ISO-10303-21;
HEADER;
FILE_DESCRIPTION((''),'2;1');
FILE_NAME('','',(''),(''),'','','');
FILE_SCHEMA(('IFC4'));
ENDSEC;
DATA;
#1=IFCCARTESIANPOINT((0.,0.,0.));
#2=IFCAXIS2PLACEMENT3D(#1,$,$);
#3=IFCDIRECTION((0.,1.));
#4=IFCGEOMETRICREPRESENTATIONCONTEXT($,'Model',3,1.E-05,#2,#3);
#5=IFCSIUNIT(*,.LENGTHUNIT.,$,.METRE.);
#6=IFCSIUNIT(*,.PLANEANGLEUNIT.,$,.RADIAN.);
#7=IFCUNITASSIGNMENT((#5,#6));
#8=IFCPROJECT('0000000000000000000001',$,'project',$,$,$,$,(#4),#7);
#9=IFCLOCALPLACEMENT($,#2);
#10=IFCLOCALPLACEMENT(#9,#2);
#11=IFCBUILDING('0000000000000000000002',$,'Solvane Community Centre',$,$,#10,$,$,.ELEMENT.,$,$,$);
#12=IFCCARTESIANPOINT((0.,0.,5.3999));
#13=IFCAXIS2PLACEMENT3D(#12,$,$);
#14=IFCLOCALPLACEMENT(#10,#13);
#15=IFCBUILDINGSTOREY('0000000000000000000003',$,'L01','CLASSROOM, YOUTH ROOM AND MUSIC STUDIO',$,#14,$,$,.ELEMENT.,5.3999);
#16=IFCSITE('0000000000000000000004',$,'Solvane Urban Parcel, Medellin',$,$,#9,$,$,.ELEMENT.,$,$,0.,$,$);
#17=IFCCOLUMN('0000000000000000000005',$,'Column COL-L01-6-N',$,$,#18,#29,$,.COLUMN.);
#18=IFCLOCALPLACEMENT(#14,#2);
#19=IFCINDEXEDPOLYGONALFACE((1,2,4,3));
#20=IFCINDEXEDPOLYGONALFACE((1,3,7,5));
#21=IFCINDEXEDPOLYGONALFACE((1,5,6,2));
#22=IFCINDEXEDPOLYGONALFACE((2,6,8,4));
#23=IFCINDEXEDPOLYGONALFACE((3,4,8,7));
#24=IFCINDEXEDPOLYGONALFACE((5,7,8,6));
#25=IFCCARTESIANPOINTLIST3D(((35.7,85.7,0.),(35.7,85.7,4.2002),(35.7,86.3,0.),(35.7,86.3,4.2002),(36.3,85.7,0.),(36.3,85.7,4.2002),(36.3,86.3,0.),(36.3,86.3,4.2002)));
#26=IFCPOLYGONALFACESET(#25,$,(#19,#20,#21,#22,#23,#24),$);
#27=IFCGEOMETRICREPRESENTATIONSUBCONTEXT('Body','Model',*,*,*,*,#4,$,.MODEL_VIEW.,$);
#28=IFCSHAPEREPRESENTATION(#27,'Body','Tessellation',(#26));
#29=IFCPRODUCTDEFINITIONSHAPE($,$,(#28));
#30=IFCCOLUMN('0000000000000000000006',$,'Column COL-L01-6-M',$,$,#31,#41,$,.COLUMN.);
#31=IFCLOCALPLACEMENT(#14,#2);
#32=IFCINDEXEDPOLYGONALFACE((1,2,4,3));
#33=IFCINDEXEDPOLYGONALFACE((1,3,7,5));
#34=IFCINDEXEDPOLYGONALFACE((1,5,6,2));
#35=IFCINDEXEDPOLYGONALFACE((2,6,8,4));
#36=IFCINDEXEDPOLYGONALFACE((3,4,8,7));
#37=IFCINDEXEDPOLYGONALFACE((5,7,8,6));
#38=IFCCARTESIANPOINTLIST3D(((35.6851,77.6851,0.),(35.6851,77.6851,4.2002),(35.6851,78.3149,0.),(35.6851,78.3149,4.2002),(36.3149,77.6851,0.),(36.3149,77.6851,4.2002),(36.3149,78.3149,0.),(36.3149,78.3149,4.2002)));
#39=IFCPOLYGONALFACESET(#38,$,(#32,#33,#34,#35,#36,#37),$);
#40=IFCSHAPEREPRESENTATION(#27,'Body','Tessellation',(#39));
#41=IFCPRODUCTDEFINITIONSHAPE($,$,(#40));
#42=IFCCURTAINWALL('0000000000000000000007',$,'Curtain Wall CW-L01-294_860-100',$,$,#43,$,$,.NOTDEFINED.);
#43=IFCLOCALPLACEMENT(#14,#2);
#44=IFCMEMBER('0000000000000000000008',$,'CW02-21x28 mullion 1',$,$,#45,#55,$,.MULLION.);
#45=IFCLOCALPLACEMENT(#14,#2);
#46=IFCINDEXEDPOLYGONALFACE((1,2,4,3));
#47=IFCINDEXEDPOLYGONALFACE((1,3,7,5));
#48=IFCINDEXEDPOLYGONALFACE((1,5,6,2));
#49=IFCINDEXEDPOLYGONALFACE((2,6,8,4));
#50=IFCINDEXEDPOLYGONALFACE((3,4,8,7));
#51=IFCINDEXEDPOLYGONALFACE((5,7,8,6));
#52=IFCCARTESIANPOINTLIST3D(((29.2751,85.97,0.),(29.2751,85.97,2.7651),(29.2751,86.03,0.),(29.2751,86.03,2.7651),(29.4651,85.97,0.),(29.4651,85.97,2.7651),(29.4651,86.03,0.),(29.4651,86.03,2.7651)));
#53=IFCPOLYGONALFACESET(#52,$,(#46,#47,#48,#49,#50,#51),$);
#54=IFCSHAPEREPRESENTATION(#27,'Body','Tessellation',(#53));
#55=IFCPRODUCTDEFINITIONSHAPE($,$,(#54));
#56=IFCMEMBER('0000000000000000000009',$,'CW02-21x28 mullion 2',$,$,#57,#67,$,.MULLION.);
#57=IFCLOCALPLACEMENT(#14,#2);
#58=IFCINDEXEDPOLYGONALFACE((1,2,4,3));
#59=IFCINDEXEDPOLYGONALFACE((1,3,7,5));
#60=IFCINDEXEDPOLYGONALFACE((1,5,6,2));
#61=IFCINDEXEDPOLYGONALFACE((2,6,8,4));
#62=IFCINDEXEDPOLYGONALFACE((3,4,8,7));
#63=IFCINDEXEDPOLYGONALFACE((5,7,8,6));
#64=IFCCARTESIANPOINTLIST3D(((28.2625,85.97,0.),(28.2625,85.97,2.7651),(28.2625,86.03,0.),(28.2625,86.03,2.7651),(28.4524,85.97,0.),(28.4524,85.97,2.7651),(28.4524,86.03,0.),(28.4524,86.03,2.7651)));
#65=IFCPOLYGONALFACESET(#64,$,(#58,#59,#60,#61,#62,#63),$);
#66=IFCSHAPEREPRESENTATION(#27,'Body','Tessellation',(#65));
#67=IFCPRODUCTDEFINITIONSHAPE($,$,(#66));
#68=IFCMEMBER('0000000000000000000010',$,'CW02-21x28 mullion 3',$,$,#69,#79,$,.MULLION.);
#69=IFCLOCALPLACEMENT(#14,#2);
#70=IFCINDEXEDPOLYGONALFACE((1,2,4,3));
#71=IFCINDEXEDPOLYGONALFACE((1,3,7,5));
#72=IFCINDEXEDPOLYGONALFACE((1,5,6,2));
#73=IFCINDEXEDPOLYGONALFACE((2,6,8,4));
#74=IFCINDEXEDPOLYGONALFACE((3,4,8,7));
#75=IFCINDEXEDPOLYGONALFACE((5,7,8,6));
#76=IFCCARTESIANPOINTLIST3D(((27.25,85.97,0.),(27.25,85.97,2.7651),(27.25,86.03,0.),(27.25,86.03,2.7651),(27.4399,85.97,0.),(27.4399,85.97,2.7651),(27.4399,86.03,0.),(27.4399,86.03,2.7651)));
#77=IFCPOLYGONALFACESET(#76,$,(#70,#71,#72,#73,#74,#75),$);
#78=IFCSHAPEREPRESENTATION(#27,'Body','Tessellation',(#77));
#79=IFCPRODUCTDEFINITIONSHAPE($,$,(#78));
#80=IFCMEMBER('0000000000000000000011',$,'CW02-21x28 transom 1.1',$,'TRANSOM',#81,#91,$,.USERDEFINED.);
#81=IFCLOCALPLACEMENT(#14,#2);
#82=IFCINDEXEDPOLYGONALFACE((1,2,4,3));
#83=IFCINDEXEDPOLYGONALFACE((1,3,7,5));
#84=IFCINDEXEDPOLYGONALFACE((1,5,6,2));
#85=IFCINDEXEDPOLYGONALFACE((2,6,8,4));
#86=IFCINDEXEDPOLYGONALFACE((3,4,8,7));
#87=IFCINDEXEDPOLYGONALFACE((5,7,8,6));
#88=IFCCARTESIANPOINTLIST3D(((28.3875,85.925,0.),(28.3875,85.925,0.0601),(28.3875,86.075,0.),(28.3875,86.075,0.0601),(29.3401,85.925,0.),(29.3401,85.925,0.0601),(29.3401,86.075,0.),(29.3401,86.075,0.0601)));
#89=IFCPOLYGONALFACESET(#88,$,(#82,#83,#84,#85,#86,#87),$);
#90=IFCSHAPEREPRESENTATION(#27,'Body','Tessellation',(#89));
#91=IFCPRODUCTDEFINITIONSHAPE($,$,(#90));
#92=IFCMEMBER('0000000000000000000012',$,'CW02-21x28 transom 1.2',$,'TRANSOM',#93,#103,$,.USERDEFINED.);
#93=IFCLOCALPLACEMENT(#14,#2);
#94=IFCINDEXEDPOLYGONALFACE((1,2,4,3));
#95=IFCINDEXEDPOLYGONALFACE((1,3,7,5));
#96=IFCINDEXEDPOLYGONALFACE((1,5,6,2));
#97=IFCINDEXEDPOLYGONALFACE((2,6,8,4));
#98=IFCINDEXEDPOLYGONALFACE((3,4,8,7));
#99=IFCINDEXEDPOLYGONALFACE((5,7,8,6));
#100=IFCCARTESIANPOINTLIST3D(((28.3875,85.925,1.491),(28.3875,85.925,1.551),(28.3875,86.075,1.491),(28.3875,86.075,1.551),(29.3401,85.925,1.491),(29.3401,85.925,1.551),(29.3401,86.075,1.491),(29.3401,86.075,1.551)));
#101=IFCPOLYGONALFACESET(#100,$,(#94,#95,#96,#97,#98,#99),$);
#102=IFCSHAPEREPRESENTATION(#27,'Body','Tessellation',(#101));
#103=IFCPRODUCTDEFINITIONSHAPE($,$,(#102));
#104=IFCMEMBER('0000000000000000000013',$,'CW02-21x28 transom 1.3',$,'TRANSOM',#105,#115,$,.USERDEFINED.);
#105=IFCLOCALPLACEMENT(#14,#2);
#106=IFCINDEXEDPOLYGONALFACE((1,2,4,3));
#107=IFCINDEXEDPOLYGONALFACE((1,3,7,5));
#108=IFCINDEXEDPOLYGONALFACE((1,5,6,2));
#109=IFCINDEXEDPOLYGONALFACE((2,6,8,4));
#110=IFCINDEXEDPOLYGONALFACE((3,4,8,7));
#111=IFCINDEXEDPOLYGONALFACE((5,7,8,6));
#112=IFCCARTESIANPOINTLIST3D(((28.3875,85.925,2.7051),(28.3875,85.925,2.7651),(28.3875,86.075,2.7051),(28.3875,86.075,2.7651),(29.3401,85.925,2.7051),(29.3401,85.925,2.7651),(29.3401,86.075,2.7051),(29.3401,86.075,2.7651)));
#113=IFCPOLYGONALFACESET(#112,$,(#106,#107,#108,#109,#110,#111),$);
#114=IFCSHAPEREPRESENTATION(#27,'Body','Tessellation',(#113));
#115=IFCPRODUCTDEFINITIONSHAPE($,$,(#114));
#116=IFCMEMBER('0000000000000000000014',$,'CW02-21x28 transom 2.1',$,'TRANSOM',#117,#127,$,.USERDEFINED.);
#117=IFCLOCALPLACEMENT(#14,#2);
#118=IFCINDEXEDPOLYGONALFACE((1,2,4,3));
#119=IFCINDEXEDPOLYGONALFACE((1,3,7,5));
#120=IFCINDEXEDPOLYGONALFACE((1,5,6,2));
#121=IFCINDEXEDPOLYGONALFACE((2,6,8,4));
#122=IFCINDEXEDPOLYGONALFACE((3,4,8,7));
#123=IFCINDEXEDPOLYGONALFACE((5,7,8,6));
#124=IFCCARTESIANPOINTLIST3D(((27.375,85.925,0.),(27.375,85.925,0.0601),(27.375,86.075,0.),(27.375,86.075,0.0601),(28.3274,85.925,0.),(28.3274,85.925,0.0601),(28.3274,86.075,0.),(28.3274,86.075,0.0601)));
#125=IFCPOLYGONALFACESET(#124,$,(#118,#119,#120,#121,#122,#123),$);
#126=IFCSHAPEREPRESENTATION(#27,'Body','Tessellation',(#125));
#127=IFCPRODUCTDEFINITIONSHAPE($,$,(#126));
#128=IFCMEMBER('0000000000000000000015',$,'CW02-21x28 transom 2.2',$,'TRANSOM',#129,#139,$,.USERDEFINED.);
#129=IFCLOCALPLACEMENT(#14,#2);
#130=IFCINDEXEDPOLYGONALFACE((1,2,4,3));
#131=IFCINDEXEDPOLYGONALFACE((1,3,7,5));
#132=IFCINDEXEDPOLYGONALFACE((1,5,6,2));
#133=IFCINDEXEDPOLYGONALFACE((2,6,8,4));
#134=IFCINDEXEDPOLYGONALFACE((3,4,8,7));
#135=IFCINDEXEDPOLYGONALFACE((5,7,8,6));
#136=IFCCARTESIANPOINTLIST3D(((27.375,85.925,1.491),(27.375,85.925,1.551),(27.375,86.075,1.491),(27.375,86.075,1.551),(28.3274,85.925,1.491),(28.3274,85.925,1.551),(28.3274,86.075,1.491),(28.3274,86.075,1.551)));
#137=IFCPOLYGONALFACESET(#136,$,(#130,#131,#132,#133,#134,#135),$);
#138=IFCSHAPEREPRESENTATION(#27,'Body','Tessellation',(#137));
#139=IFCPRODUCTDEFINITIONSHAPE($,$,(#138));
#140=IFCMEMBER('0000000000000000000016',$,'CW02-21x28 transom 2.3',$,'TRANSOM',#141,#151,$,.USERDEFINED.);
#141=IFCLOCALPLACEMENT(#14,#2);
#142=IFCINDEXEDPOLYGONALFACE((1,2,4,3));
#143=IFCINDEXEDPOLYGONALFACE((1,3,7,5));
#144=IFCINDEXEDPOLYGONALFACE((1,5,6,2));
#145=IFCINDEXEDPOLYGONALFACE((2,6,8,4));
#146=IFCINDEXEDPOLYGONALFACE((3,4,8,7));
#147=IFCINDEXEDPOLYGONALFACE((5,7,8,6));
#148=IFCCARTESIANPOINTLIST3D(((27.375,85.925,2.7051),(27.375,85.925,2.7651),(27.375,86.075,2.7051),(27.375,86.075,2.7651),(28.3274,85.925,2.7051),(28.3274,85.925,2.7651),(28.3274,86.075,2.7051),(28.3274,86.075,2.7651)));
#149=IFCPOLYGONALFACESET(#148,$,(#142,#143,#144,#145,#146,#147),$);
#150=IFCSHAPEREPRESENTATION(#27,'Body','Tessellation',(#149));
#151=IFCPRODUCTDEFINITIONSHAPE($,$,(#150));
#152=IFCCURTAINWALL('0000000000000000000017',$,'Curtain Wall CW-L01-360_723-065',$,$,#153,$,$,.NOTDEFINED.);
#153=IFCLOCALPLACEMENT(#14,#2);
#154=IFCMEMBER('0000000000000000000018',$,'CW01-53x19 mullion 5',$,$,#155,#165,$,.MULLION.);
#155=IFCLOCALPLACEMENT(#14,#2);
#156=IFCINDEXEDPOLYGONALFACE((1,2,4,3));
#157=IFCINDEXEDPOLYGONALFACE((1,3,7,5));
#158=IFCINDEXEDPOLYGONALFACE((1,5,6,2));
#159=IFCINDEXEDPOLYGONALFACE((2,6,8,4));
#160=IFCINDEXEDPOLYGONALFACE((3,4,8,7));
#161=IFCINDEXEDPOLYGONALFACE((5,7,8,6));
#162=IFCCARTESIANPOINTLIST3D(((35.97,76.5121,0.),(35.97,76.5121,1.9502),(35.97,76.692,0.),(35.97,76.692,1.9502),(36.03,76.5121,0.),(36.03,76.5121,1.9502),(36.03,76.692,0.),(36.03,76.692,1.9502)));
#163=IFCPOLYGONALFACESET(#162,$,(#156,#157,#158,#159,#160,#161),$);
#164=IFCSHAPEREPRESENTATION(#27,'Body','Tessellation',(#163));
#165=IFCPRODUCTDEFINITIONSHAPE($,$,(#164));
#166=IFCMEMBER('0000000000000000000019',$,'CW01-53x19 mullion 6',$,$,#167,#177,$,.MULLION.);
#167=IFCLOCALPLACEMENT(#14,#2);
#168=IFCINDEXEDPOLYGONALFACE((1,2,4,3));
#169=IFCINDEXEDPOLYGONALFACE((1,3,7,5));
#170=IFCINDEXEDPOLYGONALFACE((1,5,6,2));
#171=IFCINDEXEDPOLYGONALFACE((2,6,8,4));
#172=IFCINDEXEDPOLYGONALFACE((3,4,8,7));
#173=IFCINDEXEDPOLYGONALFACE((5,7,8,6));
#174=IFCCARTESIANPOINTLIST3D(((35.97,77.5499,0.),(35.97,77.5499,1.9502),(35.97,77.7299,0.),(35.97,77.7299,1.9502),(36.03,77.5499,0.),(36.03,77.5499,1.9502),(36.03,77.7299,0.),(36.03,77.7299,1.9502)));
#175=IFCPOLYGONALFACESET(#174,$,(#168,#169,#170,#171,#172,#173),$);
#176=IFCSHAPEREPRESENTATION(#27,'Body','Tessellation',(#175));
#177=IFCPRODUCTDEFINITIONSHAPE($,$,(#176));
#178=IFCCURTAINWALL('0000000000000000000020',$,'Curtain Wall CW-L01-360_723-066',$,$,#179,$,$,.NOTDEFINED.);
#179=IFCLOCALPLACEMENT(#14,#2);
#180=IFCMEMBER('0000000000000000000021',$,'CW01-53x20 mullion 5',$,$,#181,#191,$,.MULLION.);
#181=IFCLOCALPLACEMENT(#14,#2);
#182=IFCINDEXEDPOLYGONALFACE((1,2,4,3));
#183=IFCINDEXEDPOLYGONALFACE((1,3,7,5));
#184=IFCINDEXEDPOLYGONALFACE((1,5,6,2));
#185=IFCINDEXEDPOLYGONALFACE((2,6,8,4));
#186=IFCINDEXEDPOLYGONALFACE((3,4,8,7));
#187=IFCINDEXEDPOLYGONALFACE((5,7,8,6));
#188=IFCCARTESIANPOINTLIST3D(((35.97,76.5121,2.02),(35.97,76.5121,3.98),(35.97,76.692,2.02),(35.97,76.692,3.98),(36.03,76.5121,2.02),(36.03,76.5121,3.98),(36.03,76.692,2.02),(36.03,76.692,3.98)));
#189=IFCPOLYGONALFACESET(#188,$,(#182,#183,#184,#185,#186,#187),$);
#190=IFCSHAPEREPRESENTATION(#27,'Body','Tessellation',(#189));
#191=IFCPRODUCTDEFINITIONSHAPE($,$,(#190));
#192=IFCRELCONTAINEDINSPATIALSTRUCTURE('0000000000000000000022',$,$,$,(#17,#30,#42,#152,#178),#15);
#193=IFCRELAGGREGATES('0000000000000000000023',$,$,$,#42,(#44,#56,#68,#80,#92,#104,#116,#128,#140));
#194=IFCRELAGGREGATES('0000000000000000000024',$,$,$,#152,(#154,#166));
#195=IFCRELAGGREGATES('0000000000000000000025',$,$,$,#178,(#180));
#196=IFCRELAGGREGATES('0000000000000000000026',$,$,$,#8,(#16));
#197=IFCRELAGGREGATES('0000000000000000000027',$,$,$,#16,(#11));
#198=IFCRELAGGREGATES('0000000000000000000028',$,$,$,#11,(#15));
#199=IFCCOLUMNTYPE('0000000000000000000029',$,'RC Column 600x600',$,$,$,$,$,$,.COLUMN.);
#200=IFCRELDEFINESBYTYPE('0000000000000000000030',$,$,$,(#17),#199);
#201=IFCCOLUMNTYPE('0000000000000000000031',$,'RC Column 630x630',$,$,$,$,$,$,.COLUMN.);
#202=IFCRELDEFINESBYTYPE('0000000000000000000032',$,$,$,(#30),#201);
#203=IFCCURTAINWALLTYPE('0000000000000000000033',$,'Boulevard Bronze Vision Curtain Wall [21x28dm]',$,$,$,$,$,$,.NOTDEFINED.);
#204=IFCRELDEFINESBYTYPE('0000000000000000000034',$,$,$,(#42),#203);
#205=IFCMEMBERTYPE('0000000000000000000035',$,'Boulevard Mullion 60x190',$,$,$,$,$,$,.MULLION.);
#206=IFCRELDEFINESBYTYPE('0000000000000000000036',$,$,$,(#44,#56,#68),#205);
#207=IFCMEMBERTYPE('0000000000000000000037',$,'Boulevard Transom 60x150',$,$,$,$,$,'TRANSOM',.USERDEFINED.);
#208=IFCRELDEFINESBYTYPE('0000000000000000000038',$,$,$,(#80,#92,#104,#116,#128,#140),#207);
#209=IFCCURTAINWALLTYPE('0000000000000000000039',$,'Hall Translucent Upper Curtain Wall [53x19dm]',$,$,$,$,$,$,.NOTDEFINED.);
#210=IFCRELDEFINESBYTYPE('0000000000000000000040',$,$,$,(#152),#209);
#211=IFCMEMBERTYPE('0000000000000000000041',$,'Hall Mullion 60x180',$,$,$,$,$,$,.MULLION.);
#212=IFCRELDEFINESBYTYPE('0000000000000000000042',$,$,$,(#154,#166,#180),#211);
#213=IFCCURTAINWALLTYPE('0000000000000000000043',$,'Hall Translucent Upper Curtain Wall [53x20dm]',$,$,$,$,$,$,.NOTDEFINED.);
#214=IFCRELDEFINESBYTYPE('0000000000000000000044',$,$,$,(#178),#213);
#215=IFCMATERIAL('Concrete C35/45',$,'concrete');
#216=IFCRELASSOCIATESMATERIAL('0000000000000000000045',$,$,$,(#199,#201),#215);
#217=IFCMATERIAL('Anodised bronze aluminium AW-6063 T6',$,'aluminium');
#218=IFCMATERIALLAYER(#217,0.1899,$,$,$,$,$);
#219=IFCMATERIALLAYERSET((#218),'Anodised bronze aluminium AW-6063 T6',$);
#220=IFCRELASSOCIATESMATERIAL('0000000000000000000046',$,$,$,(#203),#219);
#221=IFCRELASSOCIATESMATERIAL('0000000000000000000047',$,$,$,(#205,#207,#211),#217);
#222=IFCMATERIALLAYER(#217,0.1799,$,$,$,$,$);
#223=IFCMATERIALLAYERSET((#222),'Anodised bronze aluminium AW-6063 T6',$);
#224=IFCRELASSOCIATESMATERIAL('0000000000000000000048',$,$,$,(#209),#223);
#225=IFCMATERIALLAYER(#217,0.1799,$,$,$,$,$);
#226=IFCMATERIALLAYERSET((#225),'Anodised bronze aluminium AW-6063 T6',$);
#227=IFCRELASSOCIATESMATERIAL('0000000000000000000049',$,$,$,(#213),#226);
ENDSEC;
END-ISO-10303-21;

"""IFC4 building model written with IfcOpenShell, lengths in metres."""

from ifc_helpers import new_model, si_unit, direction, frame, origin, origin_2d, place, context, subcontext, project, spatial, rectangle, extrude, material, layer, layer_set, material_profile, profile_set, type_object, element, aggregate, save


model = new_model("IFC4")

# Units and contexts
model_context = context("Model", 3, precision=1e-05, world=origin(), true_north=direction((0.0, 1.0)))
body_context = subcontext(model_context, "Body", "Model", "MODEL_VIEW")
ifc_project = project(units=[si_unit("LENGTHUNIT", "METRE"), si_unit("PLANEANGLEUNIT", "RADIAN")], contexts=[model_context])

# Site, building, storey
site_placement = place(None, origin())
site = spatial("IfcSite", under=ifc_project, at=site_placement, Name="Solvane Urban Parcel, Medellin", CompositionType="ELEMENT", RefElevation=0.0)
building_placement = place(site_placement, origin())
building = spatial("IfcBuilding", under=site, at=building_placement, Name="Solvane Community Centre", CompositionType="ELEMENT")
storey_placement = place(building_placement, frame((0.0, 0.0, 5.3999)))
storey = spatial("IfcBuildingStorey", under=building, at=storey_placement, Name="L01", Description="CLASSROOM, YOUTH ROOM AND MUSIC STUDIO", CompositionType="ELEMENT", Elevation=5.3999)

# Columns
ifc_material_1 = material(Name="Concrete C35/45", Category="concrete")
ifc_material_profile_1 = material_profile(ifc_material_1, rectangle(XDim=0.6001, YDim=0.6001, at=origin_2d()), Name="RC 600x600")
ifc_profile_set_1 = profile_set([ifc_material_profile_1], Name="Concrete C35/45")
column_type_1 = type_object("IfcColumnType", Name="RC Column 600x600", PredefinedType="COLUMN", material=ifc_profile_set_1)
column_1_placement = place(storey_placement, frame((36.0, 86.0, 0.0), z_axis=(0.0, 0.0, 1.0), x_axis=(1.0, 0.0, 0.0)))
element("IfcColumn", 1, at=column_1_placement, inside=storey, type_object=column_type_1, Name="Column COL-L01-6-N", PredefinedType="COLUMN", context=body_context, shape_type="SweptSolid", body=[
    extrude(rectangle(XDim=0.6001, YDim=0.6001, at=origin_2d()), origin(), (0.0, 0.0, 1.0), 4.2002),
])
ifc_material_profile_2 = material_profile(ifc_material_1, rectangle(XDim=0.6299, YDim=0.6299, at=origin_2d()), Name="RC 630x630")
ifc_profile_set_2 = profile_set([ifc_material_profile_2], Name="Concrete C35/45")
column_type_2 = type_object("IfcColumnType", Name="RC Column 630x630", PredefinedType="COLUMN", material=ifc_profile_set_2)
column_2_placement = place(storey_placement, frame((36.0, 78.0, 0.0), z_axis=(0.0, 0.0, 1.0), x_axis=(1.0, 0.0, 0.0)))
element("IfcColumn", 2, at=column_2_placement, inside=storey, type_object=column_type_2, Name="Column COL-L01-6-M", PredefinedType="COLUMN", context=body_context, shape_type="SweptSolid", body=[
    extrude(rectangle(XDim=0.6299, YDim=0.6299, at=origin_2d()), origin(), (0.0, 0.0, 1.0), 4.2002),
])

# Curtain walls, members
ifc_material_2 = material(Name="Anodised bronze aluminium AW-6063 T6", Category="aluminium")
ifc_layer_1 = layer(ifc_material_2, 0.1899)
ifc_layer_set_1 = layer_set([ifc_layer_1], Name="Anodised bronze aluminium AW-6063 T6")
curtain_wall_type_1 = type_object("IfcCurtainWallType", Name="Boulevard Bronze Vision Curtain Wall [21x28dm]", PredefinedType="NOTDEFINED", material=ifc_layer_set_1)
curtain_wall_1_placement = place(storey_placement, origin())
curtain_wall_1 = element("IfcCurtainWall", 3, at=curtain_wall_1_placement, inside=storey, type_object=curtain_wall_type_1, Name="Curtain Wall CW-L01-294_860-100", PredefinedType="NOTDEFINED")
ifc_material_profile_3 = material_profile(ifc_material_2, rectangle(XDim=0.0601, YDim=0.1899, at=origin_2d()), Name="CW-M 60x190")
ifc_profile_set_3 = profile_set([ifc_material_profile_3], Name="Anodised bronze aluminium AW-6063 T6")
member_type_1 = type_object("IfcMemberType", Name="Boulevard Mullion 60x190", PredefinedType="MULLION", material=ifc_profile_set_3)
member_1_placement = place(storey_placement, frame((29.3701, 86.0, 0.0), z_axis=(0.0, 0.0, 1.0), x_axis=(0.0, -1.0, 0.0)))
member_1 = element("IfcMember", 4, at=member_1_placement, type_object=member_type_1, Name="CW02-21x28 mullion 1", PredefinedType="MULLION", context=body_context, shape_type="SweptSolid", body=[
    extrude(rectangle(XDim=0.0601, YDim=0.1899, at=origin_2d()), origin(), (0.0, 0.0, 1.0), 2.7651),
])
member_2_placement = place(storey_placement, frame((28.3574, 86.0, 0.0), z_axis=(0.0, 0.0, 1.0), x_axis=(0.0, -1.0, 0.0)))
member_2 = element("IfcMember", 5, at=member_2_placement, type_object=member_type_1, Name="CW02-21x28 mullion 2", PredefinedType="MULLION", context=body_context, shape_type="SweptSolid", body=[
    extrude(rectangle(XDim=0.0601, YDim=0.1899, at=origin_2d()), origin(), (0.0, 0.0, 1.0), 2.7651),
])
member_3_placement = place(storey_placement, frame((27.345, 86.0, 0.0), z_axis=(0.0, 0.0, 1.0), x_axis=(0.0, -1.0, 0.0)))
member_3 = element("IfcMember", 6, at=member_3_placement, type_object=member_type_1, Name="CW02-21x28 mullion 3", PredefinedType="MULLION", context=body_context, shape_type="SweptSolid", body=[
    extrude(rectangle(XDim=0.0601, YDim=0.1899, at=origin_2d()), origin(), (0.0, 0.0, 1.0), 2.7651),
])
ifc_material_profile_4 = material_profile(ifc_material_2, rectangle(XDim=0.1499, YDim=0.0601, at=origin_2d()), Name="CW-T 60x150")
ifc_profile_set_4 = profile_set([ifc_material_profile_4], Name="Anodised bronze aluminium AW-6063 T6")
member_type_2 = type_object("IfcMemberType", Name="Boulevard Transom 60x150", ElementType="TRANSOM", PredefinedType="USERDEFINED", material=ifc_profile_set_4)
member_4_placement = place(storey_placement, frame((29.3401, 86.0, 0.03), z_axis=(-1.0, 0.0, 0.0), x_axis=(0.0, -1.0, 0.0)))
member_4 = element("IfcMember", 7, at=member_4_placement, type_object=member_type_2, Name="CW02-21x28 transom 1.1", ObjectType="TRANSOM", PredefinedType="USERDEFINED", context=body_context, shape_type="SweptSolid", body=[
    extrude(rectangle(XDim=0.1499, YDim=0.0601, at=origin_2d()), origin(), (0.0, 0.0, 1.0), 0.9526),
])
member_5_placement = place(storey_placement, frame((29.3401, 86.0, 1.521), z_axis=(-1.0, 0.0, 0.0), x_axis=(0.0, -1.0, 0.0)))
member_5 = element("IfcMember", 8, at=member_5_placement, type_object=member_type_2, Name="CW02-21x28 transom 1.2", ObjectType="TRANSOM", PredefinedType="USERDEFINED", context=body_context, shape_type="SweptSolid", body=[
    extrude(rectangle(XDim=0.1499, YDim=0.0601, at=origin_2d()), origin(), (0.0, 0.0, 1.0), 0.9526),
])
member_6_placement = place(storey_placement, frame((29.3401, 86.0, 2.7351), z_axis=(-1.0, 0.0, 0.0), x_axis=(0.0, -1.0, 0.0)))
member_6 = element("IfcMember", 9, at=member_6_placement, type_object=member_type_2, Name="CW02-21x28 transom 1.3", ObjectType="TRANSOM", PredefinedType="USERDEFINED", context=body_context, shape_type="SweptSolid", body=[
    extrude(rectangle(XDim=0.1499, YDim=0.0601, at=origin_2d()), origin(), (0.0, 0.0, 1.0), 0.9526),
])
member_7_placement = place(storey_placement, frame((28.3274, 86.0, 0.03), z_axis=(-1.0, 0.0, 0.0), x_axis=(0.0, -1.0, 0.0)))
member_7 = element("IfcMember", 10, at=member_7_placement, type_object=member_type_2, Name="CW02-21x28 transom 2.1", ObjectType="TRANSOM", PredefinedType="USERDEFINED", context=body_context, shape_type="SweptSolid", body=[
    extrude(rectangle(XDim=0.1499, YDim=0.0601, at=origin_2d()), origin(), (0.0, 0.0, 1.0), 0.9524),
])
member_8_placement = place(storey_placement, frame((28.3274, 86.0, 1.521), z_axis=(-1.0, 0.0, 0.0), x_axis=(0.0, -1.0, 0.0)))
member_8 = element("IfcMember", 11, at=member_8_placement, type_object=member_type_2, Name="CW02-21x28 transom 2.2", ObjectType="TRANSOM", PredefinedType="USERDEFINED", context=body_context, shape_type="SweptSolid", body=[
    extrude(rectangle(XDim=0.1499, YDim=0.0601, at=origin_2d()), origin(), (0.0, 0.0, 1.0), 0.9524),
])
member_9_placement = place(storey_placement, frame((28.3274, 86.0, 2.7351), z_axis=(-1.0, 0.0, 0.0), x_axis=(0.0, -1.0, 0.0)))
member_9 = element("IfcMember", 12, at=member_9_placement, type_object=member_type_2, Name="CW02-21x28 transom 2.3", ObjectType="TRANSOM", PredefinedType="USERDEFINED", context=body_context, shape_type="SweptSolid", body=[
    extrude(rectangle(XDim=0.1499, YDim=0.0601, at=origin_2d()), origin(), (0.0, 0.0, 1.0), 0.9524),
])
ifc_layer_2 = layer(ifc_material_2, 0.1799)
ifc_layer_set_2 = layer_set([ifc_layer_2], Name="Anodised bronze aluminium AW-6063 T6")
curtain_wall_type_2 = type_object("IfcCurtainWallType", Name="Hall Translucent Upper Curtain Wall [53x19dm]", PredefinedType="NOTDEFINED", material=ifc_layer_set_2)
curtain_wall_2_placement = place(storey_placement, origin())
curtain_wall_2 = element("IfcCurtainWall", 13, at=curtain_wall_2_placement, inside=storey, type_object=curtain_wall_type_2, Name="Curtain Wall CW-L01-360_723-065", PredefinedType="NOTDEFINED")
ifc_material_profile_5 = material_profile(ifc_material_2, rectangle(XDim=0.0601, YDim=0.1799, at=origin_2d()), Name="CW-M 60x180")
ifc_profile_set_5 = profile_set([ifc_material_profile_5], Name="Anodised bronze aluminium AW-6063 T6")
member_type_3 = type_object("IfcMemberType", Name="Hall Mullion 60x180", PredefinedType="MULLION", material=ifc_profile_set_5)
member_10_placement = place(storey_placement, frame((36.0, 76.6021, 0.0), z_axis=(0.0, 0.0, 1.0), x_axis=(-1.0, 0.0, 0.0)))
member_10 = element("IfcMember", 14, at=member_10_placement, type_object=member_type_3, Name="CW01-53x19 mullion 5", PredefinedType="MULLION", context=body_context, shape_type="SweptSolid", body=[
    extrude(rectangle(XDim=0.0601, YDim=0.1799, at=origin_2d()), origin(), (0.0, 0.0, 1.0), 1.9502),
])
member_11_placement = place(storey_placement, frame((36.0, 77.6399, 0.0), z_axis=(0.0, 0.0, 1.0), x_axis=(-1.0, 0.0, 0.0)))
member_11 = element("IfcMember", 15, at=member_11_placement, type_object=member_type_3, Name="CW01-53x19 mullion 6", PredefinedType="MULLION", context=body_context, shape_type="SweptSolid", body=[
    extrude(rectangle(XDim=0.0601, YDim=0.1799, at=origin_2d()), origin(), (0.0, 0.0, 1.0), 1.9502),
])
ifc_layer_3 = layer(ifc_material_2, 0.1799)
ifc_layer_set_3 = layer_set([ifc_layer_3], Name="Anodised bronze aluminium AW-6063 T6")
curtain_wall_type_3 = type_object("IfcCurtainWallType", Name="Hall Translucent Upper Curtain Wall [53x20dm]", PredefinedType="NOTDEFINED", material=ifc_layer_set_3)
curtain_wall_3_placement = place(storey_placement, origin())
curtain_wall_3 = element("IfcCurtainWall", 16, at=curtain_wall_3_placement, inside=storey, type_object=curtain_wall_type_3, Name="Curtain Wall CW-L01-360_723-066", PredefinedType="NOTDEFINED")
member_12_placement = place(storey_placement, frame((36.0, 76.6021, 2.02), z_axis=(0.0, 0.0, 1.0), x_axis=(-1.0, 0.0, 0.0)))
member_12 = element("IfcMember", 17, at=member_12_placement, type_object=member_type_3, Name="CW01-53x20 mullion 5", PredefinedType="MULLION", context=body_context, shape_type="SweptSolid", body=[
    extrude(rectangle(XDim=0.0601, YDim=0.1799, at=origin_2d()), origin(), (0.0, 0.0, 1.0), 1.96),
])

aggregate(curtain_wall_1, [member_1, member_2, member_3, member_4, member_5, member_6, member_7, member_8, member_9])
aggregate(curtain_wall_2, [member_10, member_11])
aggregate(curtain_wall_3, [member_12])

save(model, "model.ifc")
